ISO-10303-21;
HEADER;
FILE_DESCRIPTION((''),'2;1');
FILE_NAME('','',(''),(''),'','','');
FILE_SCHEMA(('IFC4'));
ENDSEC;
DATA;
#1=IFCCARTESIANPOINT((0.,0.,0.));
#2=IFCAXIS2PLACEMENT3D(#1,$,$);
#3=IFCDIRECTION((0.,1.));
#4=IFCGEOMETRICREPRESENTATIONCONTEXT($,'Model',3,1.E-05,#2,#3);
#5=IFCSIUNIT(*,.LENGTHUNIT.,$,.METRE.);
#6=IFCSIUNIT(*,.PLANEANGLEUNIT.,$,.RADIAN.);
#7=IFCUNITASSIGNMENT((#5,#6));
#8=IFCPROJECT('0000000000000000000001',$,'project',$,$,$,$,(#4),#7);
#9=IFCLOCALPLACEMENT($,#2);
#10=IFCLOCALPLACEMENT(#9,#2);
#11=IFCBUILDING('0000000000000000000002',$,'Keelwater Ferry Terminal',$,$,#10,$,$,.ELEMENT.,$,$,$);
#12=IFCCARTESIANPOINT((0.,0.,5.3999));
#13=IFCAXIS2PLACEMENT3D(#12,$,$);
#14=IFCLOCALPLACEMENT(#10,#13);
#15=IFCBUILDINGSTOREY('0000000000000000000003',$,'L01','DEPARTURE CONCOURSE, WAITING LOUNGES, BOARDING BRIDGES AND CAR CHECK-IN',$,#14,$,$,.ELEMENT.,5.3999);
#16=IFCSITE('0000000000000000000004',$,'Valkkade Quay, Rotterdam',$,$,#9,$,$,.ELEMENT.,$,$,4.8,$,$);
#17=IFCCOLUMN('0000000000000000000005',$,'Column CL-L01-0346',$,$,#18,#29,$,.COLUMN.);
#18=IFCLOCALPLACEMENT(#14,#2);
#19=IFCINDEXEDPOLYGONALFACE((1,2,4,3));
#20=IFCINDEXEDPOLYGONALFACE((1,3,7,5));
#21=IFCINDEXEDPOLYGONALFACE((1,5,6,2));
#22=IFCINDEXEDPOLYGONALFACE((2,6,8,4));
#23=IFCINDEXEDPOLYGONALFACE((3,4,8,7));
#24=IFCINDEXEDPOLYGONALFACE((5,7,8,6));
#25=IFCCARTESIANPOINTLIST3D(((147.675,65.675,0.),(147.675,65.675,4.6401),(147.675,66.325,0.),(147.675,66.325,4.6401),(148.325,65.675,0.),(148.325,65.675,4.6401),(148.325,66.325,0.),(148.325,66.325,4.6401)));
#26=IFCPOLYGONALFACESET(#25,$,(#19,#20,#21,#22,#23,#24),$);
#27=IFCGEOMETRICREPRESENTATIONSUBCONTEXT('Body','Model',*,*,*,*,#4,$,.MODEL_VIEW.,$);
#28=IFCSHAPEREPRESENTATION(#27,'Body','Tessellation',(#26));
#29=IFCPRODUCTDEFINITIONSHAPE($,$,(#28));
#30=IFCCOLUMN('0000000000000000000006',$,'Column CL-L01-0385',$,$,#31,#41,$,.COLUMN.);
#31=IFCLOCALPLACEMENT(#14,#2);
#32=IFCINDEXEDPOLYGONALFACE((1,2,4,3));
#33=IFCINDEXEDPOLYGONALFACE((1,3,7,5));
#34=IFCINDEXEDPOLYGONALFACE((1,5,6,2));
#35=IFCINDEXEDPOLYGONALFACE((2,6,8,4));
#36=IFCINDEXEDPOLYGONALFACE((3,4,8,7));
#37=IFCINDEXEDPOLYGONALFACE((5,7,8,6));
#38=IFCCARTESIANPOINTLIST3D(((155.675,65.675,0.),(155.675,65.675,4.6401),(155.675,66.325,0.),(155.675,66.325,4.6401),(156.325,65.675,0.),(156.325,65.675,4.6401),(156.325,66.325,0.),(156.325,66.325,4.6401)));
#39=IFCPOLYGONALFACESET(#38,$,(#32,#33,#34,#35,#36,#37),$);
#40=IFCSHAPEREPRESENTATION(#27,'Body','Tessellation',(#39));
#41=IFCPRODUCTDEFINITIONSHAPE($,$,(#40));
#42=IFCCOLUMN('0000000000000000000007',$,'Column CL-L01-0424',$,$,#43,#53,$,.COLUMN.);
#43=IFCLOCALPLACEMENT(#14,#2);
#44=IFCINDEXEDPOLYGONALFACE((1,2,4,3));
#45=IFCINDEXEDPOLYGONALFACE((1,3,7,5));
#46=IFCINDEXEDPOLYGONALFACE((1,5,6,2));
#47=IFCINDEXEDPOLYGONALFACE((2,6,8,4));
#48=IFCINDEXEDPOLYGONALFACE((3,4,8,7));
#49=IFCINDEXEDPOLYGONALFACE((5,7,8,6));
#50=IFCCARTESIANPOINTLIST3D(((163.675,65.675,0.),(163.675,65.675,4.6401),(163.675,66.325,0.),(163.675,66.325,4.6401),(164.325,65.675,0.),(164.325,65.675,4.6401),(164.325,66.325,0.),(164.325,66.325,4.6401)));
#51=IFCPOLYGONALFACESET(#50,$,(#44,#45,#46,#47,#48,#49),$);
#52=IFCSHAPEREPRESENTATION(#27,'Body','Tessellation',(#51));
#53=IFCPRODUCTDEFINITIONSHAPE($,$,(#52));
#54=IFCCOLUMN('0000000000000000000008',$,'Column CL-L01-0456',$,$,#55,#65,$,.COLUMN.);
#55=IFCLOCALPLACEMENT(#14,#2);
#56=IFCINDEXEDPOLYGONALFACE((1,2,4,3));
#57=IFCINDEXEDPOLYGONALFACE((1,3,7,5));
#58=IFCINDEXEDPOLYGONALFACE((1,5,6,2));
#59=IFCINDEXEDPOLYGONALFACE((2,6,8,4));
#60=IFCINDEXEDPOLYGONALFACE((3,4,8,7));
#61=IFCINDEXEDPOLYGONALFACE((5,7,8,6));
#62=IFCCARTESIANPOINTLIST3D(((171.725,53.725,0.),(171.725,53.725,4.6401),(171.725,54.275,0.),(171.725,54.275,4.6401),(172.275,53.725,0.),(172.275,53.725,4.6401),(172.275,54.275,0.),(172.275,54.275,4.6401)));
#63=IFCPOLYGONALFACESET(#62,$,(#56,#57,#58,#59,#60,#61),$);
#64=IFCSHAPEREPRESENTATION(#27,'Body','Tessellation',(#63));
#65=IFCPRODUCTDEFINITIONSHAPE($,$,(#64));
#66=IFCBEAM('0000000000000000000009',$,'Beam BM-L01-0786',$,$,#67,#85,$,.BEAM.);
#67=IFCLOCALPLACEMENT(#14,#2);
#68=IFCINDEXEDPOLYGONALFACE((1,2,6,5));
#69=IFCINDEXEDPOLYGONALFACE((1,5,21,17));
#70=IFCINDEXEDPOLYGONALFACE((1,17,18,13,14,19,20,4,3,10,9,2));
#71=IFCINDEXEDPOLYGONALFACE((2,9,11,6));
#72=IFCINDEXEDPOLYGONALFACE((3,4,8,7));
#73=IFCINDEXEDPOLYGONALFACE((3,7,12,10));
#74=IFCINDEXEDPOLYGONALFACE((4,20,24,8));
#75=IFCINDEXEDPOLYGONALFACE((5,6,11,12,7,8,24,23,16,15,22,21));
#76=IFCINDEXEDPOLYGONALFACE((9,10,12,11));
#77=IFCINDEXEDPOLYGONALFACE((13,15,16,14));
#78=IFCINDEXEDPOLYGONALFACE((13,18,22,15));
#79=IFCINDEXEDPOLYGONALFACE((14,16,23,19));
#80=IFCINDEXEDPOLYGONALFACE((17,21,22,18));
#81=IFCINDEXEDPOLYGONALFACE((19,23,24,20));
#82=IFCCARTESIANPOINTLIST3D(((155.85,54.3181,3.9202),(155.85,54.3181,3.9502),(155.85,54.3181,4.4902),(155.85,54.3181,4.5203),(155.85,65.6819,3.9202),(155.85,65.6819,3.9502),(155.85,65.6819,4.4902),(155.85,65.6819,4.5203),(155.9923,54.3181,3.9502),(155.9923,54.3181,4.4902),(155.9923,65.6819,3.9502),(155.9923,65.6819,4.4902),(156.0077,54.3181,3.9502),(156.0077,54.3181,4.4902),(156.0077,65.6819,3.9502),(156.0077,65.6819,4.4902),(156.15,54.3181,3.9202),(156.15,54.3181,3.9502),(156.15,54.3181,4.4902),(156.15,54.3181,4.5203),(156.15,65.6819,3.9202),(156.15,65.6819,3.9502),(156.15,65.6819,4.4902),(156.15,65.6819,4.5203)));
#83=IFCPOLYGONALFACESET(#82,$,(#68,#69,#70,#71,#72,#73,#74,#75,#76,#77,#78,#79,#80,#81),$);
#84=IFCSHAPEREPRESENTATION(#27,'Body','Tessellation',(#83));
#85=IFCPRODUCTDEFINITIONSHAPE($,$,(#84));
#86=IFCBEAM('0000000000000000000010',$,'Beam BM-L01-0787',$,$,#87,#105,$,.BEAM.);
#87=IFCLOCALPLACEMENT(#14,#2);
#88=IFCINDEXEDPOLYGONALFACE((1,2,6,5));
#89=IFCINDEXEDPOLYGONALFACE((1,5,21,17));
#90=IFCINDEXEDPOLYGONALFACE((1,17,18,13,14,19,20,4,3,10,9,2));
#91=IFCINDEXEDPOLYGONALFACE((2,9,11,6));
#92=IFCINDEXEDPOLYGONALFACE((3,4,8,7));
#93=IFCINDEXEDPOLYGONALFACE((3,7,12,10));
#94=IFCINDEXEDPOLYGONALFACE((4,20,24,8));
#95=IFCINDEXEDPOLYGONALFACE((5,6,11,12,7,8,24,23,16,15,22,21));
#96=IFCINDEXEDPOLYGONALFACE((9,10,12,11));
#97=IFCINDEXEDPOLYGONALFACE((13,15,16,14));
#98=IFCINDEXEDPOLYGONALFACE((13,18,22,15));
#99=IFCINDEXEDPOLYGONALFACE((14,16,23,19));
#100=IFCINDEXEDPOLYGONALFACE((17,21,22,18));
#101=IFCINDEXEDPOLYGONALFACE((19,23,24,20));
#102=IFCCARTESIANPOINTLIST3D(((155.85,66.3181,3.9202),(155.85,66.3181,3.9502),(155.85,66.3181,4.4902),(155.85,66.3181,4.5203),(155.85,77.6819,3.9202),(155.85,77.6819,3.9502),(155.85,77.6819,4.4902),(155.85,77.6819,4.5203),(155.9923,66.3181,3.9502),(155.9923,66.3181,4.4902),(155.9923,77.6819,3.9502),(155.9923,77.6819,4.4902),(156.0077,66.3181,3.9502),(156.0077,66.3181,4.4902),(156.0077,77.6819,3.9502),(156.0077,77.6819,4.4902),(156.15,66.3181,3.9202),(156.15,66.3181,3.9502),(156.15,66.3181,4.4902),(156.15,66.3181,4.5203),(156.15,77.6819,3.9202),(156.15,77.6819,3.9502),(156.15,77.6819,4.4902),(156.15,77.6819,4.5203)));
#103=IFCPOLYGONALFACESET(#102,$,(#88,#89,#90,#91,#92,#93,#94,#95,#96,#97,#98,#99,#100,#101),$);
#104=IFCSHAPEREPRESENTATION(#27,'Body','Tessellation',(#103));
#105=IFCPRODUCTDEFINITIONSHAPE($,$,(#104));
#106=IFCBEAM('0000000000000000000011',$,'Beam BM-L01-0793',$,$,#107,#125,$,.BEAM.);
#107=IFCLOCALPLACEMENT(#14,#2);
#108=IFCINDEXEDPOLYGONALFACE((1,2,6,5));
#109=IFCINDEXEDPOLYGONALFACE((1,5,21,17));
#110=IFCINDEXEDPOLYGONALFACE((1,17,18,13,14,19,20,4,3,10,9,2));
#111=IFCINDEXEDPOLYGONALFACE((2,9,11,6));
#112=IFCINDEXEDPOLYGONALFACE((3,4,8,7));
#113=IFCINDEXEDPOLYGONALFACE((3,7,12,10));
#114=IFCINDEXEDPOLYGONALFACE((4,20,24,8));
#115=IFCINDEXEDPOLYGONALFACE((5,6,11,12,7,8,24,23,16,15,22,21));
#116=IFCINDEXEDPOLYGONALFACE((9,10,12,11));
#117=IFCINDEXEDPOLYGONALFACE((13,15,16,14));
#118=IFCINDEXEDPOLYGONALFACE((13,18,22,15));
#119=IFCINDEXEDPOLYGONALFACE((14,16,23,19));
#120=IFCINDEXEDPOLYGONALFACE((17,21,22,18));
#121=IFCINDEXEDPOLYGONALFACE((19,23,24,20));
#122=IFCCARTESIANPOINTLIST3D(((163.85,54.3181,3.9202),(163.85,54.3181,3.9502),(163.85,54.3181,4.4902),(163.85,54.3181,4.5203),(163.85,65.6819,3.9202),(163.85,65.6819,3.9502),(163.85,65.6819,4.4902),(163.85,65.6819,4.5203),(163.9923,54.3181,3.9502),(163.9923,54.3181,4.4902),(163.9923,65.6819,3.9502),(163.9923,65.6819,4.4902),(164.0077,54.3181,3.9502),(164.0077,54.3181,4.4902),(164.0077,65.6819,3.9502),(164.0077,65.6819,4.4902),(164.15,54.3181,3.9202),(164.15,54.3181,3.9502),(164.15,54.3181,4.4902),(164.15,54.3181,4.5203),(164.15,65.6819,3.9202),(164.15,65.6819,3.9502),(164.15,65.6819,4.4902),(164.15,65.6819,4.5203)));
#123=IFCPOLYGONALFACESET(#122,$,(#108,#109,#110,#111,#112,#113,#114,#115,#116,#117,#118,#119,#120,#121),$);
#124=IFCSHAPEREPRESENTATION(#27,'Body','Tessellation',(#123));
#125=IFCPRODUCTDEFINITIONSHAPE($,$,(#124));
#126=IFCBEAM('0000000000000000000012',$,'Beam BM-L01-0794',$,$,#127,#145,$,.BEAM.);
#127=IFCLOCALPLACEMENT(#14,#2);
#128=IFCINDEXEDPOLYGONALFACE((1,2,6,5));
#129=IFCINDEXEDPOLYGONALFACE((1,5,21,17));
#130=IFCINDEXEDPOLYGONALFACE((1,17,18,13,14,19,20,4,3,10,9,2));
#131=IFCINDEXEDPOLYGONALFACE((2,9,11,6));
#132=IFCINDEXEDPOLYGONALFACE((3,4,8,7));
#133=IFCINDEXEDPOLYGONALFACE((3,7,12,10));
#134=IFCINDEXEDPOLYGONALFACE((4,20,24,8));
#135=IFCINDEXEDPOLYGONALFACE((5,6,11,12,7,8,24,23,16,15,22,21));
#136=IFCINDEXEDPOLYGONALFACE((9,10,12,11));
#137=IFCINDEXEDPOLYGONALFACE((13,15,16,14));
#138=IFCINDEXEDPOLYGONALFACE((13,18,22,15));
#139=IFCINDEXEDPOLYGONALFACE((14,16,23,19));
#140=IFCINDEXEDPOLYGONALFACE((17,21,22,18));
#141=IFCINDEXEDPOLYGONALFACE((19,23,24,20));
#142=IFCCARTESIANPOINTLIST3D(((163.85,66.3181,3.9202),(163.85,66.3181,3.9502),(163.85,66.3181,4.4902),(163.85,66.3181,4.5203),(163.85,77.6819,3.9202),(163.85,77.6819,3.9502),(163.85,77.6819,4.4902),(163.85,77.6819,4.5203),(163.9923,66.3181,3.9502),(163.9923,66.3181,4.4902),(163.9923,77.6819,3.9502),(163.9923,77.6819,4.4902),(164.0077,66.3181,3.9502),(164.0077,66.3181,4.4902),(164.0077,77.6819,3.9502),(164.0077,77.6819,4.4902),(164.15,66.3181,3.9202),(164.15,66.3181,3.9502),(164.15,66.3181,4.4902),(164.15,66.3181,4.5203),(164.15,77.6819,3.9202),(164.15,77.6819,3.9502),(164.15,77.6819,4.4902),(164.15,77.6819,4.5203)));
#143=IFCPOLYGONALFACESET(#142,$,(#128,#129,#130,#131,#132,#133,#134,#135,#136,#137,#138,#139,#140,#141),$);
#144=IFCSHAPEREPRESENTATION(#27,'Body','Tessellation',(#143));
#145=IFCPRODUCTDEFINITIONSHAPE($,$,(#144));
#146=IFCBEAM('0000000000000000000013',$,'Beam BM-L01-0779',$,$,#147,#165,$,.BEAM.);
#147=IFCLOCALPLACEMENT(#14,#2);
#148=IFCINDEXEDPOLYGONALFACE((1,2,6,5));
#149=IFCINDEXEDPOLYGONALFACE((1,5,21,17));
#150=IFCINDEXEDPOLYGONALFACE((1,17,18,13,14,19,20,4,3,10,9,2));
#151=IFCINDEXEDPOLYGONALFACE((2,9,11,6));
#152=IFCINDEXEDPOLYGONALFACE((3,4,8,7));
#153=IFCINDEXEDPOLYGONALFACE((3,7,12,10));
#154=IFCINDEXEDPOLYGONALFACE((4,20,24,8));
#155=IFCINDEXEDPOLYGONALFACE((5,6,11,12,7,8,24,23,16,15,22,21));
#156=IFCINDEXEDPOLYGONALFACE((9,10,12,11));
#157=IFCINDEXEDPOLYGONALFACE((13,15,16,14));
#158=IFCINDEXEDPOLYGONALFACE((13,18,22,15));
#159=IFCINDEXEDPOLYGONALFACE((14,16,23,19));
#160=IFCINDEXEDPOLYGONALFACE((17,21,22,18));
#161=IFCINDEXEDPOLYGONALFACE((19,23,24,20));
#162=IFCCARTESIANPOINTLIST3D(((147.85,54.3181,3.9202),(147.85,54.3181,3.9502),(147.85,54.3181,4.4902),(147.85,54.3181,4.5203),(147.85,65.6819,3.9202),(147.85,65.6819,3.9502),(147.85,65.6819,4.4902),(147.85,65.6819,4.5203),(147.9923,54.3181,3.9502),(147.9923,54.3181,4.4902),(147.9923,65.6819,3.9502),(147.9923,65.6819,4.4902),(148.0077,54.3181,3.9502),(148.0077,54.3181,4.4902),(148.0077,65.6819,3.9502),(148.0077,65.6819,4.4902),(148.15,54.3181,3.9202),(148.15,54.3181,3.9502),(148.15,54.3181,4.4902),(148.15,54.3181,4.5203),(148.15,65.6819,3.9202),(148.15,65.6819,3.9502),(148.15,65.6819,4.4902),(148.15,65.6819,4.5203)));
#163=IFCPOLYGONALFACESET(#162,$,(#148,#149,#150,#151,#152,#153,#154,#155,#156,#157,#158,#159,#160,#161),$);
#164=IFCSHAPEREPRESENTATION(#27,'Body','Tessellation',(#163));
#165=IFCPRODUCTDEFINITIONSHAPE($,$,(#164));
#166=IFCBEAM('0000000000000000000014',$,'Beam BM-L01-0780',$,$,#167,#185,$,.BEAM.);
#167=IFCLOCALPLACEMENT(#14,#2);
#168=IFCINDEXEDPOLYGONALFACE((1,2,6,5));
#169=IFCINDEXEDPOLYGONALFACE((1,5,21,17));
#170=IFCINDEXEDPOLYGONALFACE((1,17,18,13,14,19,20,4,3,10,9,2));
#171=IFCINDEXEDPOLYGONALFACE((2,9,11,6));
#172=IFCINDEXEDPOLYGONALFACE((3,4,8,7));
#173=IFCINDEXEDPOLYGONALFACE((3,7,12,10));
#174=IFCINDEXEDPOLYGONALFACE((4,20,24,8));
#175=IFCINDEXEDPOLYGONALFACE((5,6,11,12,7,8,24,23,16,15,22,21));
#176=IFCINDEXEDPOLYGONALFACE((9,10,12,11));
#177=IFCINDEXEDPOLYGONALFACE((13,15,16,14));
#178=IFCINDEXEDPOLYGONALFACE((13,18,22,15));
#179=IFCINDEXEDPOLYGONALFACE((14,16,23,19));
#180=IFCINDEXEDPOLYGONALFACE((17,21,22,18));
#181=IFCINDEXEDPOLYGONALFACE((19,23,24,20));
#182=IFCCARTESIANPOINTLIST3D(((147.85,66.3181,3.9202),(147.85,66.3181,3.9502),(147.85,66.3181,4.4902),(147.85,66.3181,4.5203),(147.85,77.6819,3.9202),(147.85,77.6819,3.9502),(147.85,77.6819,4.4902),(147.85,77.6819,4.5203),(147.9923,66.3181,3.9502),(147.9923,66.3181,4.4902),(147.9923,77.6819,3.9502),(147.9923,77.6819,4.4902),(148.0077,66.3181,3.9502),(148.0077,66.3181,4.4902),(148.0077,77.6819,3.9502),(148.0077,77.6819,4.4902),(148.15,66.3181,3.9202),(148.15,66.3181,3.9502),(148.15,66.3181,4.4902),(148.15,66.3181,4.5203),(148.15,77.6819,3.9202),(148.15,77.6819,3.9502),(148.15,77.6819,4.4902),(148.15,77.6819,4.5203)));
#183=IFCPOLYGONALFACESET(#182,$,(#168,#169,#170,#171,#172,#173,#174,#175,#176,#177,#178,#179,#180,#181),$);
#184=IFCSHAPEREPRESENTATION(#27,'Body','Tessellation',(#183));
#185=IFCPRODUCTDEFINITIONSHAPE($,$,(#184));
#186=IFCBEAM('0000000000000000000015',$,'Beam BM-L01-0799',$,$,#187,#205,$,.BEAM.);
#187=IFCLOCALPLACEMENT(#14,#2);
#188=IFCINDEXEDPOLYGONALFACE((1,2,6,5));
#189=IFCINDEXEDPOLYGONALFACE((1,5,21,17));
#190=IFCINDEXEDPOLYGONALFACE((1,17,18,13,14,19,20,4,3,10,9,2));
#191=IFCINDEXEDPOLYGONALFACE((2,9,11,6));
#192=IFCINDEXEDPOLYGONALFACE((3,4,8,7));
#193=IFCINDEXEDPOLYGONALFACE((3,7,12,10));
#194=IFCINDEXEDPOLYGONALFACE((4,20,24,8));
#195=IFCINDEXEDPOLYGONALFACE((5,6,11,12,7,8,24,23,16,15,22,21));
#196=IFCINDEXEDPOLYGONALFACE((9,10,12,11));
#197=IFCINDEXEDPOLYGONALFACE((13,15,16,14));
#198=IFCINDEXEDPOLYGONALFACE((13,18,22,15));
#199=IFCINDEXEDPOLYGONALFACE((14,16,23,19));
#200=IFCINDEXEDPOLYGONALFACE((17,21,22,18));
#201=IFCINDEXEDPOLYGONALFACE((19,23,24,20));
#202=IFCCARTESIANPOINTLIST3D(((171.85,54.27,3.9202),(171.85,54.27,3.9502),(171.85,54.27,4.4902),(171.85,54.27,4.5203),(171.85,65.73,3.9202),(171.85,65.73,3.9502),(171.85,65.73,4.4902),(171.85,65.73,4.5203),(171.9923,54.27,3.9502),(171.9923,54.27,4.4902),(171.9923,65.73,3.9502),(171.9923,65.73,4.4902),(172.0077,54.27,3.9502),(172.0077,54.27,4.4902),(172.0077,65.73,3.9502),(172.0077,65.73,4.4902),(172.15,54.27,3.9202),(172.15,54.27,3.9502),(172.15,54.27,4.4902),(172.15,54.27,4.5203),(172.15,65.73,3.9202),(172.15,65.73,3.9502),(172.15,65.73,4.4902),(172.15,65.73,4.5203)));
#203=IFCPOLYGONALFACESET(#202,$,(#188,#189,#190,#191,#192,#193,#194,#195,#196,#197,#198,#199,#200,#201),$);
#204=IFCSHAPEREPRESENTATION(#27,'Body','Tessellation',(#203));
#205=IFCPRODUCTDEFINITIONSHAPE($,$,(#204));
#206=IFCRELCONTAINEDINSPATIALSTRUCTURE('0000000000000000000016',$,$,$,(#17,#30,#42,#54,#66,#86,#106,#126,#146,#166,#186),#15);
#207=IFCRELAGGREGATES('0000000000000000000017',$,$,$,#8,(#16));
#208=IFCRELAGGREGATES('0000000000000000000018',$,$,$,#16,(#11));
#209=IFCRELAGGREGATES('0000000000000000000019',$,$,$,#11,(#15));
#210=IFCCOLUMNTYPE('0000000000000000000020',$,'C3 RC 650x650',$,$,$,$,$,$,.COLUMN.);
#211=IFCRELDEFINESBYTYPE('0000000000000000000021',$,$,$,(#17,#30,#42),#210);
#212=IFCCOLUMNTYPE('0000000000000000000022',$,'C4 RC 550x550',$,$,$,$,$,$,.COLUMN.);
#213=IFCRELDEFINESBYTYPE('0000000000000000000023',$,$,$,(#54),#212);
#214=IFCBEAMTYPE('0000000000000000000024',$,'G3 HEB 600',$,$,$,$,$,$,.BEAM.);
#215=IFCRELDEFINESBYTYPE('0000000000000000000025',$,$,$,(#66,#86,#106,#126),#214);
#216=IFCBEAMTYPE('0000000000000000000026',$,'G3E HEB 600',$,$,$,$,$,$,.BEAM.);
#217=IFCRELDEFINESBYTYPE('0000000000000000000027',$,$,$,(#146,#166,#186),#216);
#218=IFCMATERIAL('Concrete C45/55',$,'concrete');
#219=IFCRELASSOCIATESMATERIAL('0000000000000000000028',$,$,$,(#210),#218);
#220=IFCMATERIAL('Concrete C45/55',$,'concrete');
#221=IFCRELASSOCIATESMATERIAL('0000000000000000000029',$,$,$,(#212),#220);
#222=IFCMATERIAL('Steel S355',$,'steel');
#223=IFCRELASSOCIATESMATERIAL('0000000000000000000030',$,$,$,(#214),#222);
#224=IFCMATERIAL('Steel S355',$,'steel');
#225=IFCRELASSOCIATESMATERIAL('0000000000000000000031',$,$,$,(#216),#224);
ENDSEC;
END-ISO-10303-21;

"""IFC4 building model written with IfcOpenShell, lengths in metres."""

from ifc_helpers import new_model, si_unit, direction, frame, origin, origin_2d, place, context, subcontext, project, spatial, rectangle, i_section, extrude, material, material_profile, profile_set, type_object, element, save


model = new_model("IFC4")

# Units and contexts
model_context = context("Model", 3, precision=1e-05, world=origin(), true_north=direction((0.0, 1.0)))
body_context = subcontext(model_context, "Body", "Model", "MODEL_VIEW")
ifc_project = project(units=[si_unit("LENGTHUNIT", "METRE"), si_unit("PLANEANGLEUNIT", "RADIAN")], contexts=[model_context])

# Site, building, storey
site_placement = place(None, origin())
site = spatial("IfcSite", under=ifc_project, at=site_placement, Name="Valkkade Quay, Rotterdam", CompositionType="ELEMENT", RefElevation=4.8)
building_placement = place(site_placement, origin())
building = spatial("IfcBuilding", under=site, at=building_placement, Name="Keelwater Ferry Terminal", CompositionType="ELEMENT")
storey_placement = place(building_placement, frame((0.0, 0.0, 5.3999)))
storey = spatial("IfcBuildingStorey", under=building, at=storey_placement, Name="L01", Description="DEPARTURE CONCOURSE, WAITING LOUNGES, BOARDING BRIDGES AND CAR CHECK-IN", CompositionType="ELEMENT", Elevation=5.3999)

# Columns
ifc_material_1 = material(Name="Concrete C45/55", Category="concrete")
ifc_material_profile_1 = material_profile(ifc_material_1, rectangle(XDim=0.6499, YDim=0.6499, at=origin_2d()), Name="RC 650x650")
ifc_profile_set_1 = profile_set([ifc_material_profile_1], Name="Concrete C45/55")
column_type_1 = type_object("IfcColumnType", Name="C3 RC 650x650", PredefinedType="COLUMN", material=ifc_profile_set_1)
for number, where, z_axis, x_axis, name in (
    (1, (148.0, 66.0, 0.0), (0.0, 0.0, 1.0), (1.0, 0.0, 0.0), "Column CL-L01-0346"),
    (2, (156.0, 66.0, 0.0), (0.0, 0.0, 1.0), (1.0, 0.0, 0.0), "Column CL-L01-0385"),
    (3, (164.0, 66.0, 0.0), (0.0, 0.0, 1.0), (1.0, 0.0, 0.0), "Column CL-L01-0424"),
):
    element("IfcColumn", number, at=place(storey_placement, frame(where, z_axis=z_axis, x_axis=x_axis)), inside=storey, type_object=column_type_1, Name=name, PredefinedType="COLUMN", context=body_context, shape_type="SweptSolid", body=[
        extrude(rectangle(XDim=0.6499, YDim=0.6499, at=origin_2d()), origin(), (0.0, 0.0, 1.0), 4.6401),
    ])
ifc_material_2 = material(Name="Concrete C45/55", Category="concrete")
ifc_material_profile_2 = material_profile(ifc_material_2, rectangle(XDim=0.55, YDim=0.55, at=origin_2d()), Name="RC 550x550")
ifc_profile_set_2 = profile_set([ifc_material_profile_2], Name="Concrete C45/55")
column_type_2 = type_object("IfcColumnType", Name="C4 RC 550x550", PredefinedType="COLUMN", material=ifc_profile_set_2)
column_placement = place(storey_placement, frame((172.0, 54.0, 0.0), z_axis=(0.0, 0.0, 1.0), x_axis=(1.0, 0.0, 0.0)))
element("IfcColumn", 4, at=column_placement, inside=storey, type_object=column_type_2, Name="Column CL-L01-0456", PredefinedType="COLUMN", context=body_context, shape_type="SweptSolid", body=[
    extrude(rectangle(XDim=0.55, YDim=0.55, at=origin_2d()), origin(), (0.0, 0.0, 1.0), 4.6401),
])

# Beams
ifc_material_3 = material(Name="Steel S355", Category="steel")
ifc_material_profile_3 = material_profile(ifc_material_3, i_section(OverallWidth=0.3, OverallDepth=0.6001, WebThickness=0.0154, FlangeThickness=0.03, at=origin_2d()), Name="HEB 600")
ifc_profile_set_3 = profile_set([ifc_material_profile_3], Name="Steel S355")
beam_type_1 = type_object("IfcBeamType", Name="G3 HEB 600", PredefinedType="BEAM", material=ifc_profile_set_3)
for number, where, z_axis, x_axis, name in (
    (5, (156.0, 54.3181, 4.2202), (0.0, 1.0, 0.0), (-1.0, 0.0, 0.0), "Beam BM-L01-0786"),
    (6, (156.0, 66.3181, 4.2202), (0.0, 1.0, 0.0), (-1.0, 0.0, 0.0), "Beam BM-L01-0787"),
    (7, (164.0, 54.3181, 4.2202), (0.0, 1.0, 0.0), (-1.0, 0.0, 0.0), "Beam BM-L01-0793"),
    (8, (164.0, 66.3181, 4.2202), (0.0, 1.0, 0.0), (-1.0, 0.0, 0.0), "Beam BM-L01-0794"),
):
    element("IfcBeam", number, at=place(storey_placement, frame(where, z_axis=z_axis, x_axis=x_axis)), inside=storey, type_object=beam_type_1, Name=name, PredefinedType="BEAM", context=body_context, shape_type="SweptSolid", body=[
        extrude(i_section(OverallWidth=0.3, OverallDepth=0.6001, WebThickness=0.0154, FlangeThickness=0.03, at=origin_2d()), origin(), (0.0, 0.0, 1.0), 11.3638),
    ])
ifc_material_4 = material(Name="Steel S355", Category="steel")
ifc_material_profile_4 = material_profile(ifc_material_4, i_section(OverallWidth=0.3, OverallDepth=0.6001, WebThickness=0.0154, FlangeThickness=0.03, at=origin_2d()), Name="HEB 600")
ifc_profile_set_4 = profile_set([ifc_material_profile_4], Name="Steel S355")
beam_type_2 = type_object("IfcBeamType", Name="G3E HEB 600", PredefinedType="BEAM", material=ifc_profile_set_4)
for number, where, z_axis, x_axis, name in (
    (9, (148.0, 54.3181, 4.2202), (0.0, 1.0, 0.0), (-1.0, 0.0, 0.0), "Beam BM-L01-0779"),
    (10, (148.0, 66.3181, 4.2202), (0.0, 1.0, 0.0), (-1.0, 0.0, 0.0), "Beam BM-L01-0780"),
):
    element("IfcBeam", number, at=place(storey_placement, frame(where, z_axis=z_axis, x_axis=x_axis)), inside=storey, type_object=beam_type_2, Name=name, PredefinedType="BEAM", context=body_context, shape_type="SweptSolid", body=[
        extrude(i_section(OverallWidth=0.3, OverallDepth=0.6001, WebThickness=0.0154, FlangeThickness=0.03, at=origin_2d()), origin(), (0.0, 0.0, 1.0), 11.3638),
    ])
beam_1_placement = place(storey_placement, frame((172.0, 54.27, 4.2202), z_axis=(0.0, 1.0, 0.0), x_axis=(-1.0, 0.0, 0.0)))
element("IfcBeam", 11, at=beam_1_placement, inside=storey, type_object=beam_type_2, Name="Beam BM-L01-0799", PredefinedType="BEAM", context=body_context, shape_type="SweptSolid", body=[
    extrude(i_section(OverallWidth=0.3, OverallDepth=0.6001, WebThickness=0.0154, FlangeThickness=0.03, at=origin_2d()), origin(), (0.0, 0.0, 1.0), 11.46),
])

save(model, "model.ifc")
